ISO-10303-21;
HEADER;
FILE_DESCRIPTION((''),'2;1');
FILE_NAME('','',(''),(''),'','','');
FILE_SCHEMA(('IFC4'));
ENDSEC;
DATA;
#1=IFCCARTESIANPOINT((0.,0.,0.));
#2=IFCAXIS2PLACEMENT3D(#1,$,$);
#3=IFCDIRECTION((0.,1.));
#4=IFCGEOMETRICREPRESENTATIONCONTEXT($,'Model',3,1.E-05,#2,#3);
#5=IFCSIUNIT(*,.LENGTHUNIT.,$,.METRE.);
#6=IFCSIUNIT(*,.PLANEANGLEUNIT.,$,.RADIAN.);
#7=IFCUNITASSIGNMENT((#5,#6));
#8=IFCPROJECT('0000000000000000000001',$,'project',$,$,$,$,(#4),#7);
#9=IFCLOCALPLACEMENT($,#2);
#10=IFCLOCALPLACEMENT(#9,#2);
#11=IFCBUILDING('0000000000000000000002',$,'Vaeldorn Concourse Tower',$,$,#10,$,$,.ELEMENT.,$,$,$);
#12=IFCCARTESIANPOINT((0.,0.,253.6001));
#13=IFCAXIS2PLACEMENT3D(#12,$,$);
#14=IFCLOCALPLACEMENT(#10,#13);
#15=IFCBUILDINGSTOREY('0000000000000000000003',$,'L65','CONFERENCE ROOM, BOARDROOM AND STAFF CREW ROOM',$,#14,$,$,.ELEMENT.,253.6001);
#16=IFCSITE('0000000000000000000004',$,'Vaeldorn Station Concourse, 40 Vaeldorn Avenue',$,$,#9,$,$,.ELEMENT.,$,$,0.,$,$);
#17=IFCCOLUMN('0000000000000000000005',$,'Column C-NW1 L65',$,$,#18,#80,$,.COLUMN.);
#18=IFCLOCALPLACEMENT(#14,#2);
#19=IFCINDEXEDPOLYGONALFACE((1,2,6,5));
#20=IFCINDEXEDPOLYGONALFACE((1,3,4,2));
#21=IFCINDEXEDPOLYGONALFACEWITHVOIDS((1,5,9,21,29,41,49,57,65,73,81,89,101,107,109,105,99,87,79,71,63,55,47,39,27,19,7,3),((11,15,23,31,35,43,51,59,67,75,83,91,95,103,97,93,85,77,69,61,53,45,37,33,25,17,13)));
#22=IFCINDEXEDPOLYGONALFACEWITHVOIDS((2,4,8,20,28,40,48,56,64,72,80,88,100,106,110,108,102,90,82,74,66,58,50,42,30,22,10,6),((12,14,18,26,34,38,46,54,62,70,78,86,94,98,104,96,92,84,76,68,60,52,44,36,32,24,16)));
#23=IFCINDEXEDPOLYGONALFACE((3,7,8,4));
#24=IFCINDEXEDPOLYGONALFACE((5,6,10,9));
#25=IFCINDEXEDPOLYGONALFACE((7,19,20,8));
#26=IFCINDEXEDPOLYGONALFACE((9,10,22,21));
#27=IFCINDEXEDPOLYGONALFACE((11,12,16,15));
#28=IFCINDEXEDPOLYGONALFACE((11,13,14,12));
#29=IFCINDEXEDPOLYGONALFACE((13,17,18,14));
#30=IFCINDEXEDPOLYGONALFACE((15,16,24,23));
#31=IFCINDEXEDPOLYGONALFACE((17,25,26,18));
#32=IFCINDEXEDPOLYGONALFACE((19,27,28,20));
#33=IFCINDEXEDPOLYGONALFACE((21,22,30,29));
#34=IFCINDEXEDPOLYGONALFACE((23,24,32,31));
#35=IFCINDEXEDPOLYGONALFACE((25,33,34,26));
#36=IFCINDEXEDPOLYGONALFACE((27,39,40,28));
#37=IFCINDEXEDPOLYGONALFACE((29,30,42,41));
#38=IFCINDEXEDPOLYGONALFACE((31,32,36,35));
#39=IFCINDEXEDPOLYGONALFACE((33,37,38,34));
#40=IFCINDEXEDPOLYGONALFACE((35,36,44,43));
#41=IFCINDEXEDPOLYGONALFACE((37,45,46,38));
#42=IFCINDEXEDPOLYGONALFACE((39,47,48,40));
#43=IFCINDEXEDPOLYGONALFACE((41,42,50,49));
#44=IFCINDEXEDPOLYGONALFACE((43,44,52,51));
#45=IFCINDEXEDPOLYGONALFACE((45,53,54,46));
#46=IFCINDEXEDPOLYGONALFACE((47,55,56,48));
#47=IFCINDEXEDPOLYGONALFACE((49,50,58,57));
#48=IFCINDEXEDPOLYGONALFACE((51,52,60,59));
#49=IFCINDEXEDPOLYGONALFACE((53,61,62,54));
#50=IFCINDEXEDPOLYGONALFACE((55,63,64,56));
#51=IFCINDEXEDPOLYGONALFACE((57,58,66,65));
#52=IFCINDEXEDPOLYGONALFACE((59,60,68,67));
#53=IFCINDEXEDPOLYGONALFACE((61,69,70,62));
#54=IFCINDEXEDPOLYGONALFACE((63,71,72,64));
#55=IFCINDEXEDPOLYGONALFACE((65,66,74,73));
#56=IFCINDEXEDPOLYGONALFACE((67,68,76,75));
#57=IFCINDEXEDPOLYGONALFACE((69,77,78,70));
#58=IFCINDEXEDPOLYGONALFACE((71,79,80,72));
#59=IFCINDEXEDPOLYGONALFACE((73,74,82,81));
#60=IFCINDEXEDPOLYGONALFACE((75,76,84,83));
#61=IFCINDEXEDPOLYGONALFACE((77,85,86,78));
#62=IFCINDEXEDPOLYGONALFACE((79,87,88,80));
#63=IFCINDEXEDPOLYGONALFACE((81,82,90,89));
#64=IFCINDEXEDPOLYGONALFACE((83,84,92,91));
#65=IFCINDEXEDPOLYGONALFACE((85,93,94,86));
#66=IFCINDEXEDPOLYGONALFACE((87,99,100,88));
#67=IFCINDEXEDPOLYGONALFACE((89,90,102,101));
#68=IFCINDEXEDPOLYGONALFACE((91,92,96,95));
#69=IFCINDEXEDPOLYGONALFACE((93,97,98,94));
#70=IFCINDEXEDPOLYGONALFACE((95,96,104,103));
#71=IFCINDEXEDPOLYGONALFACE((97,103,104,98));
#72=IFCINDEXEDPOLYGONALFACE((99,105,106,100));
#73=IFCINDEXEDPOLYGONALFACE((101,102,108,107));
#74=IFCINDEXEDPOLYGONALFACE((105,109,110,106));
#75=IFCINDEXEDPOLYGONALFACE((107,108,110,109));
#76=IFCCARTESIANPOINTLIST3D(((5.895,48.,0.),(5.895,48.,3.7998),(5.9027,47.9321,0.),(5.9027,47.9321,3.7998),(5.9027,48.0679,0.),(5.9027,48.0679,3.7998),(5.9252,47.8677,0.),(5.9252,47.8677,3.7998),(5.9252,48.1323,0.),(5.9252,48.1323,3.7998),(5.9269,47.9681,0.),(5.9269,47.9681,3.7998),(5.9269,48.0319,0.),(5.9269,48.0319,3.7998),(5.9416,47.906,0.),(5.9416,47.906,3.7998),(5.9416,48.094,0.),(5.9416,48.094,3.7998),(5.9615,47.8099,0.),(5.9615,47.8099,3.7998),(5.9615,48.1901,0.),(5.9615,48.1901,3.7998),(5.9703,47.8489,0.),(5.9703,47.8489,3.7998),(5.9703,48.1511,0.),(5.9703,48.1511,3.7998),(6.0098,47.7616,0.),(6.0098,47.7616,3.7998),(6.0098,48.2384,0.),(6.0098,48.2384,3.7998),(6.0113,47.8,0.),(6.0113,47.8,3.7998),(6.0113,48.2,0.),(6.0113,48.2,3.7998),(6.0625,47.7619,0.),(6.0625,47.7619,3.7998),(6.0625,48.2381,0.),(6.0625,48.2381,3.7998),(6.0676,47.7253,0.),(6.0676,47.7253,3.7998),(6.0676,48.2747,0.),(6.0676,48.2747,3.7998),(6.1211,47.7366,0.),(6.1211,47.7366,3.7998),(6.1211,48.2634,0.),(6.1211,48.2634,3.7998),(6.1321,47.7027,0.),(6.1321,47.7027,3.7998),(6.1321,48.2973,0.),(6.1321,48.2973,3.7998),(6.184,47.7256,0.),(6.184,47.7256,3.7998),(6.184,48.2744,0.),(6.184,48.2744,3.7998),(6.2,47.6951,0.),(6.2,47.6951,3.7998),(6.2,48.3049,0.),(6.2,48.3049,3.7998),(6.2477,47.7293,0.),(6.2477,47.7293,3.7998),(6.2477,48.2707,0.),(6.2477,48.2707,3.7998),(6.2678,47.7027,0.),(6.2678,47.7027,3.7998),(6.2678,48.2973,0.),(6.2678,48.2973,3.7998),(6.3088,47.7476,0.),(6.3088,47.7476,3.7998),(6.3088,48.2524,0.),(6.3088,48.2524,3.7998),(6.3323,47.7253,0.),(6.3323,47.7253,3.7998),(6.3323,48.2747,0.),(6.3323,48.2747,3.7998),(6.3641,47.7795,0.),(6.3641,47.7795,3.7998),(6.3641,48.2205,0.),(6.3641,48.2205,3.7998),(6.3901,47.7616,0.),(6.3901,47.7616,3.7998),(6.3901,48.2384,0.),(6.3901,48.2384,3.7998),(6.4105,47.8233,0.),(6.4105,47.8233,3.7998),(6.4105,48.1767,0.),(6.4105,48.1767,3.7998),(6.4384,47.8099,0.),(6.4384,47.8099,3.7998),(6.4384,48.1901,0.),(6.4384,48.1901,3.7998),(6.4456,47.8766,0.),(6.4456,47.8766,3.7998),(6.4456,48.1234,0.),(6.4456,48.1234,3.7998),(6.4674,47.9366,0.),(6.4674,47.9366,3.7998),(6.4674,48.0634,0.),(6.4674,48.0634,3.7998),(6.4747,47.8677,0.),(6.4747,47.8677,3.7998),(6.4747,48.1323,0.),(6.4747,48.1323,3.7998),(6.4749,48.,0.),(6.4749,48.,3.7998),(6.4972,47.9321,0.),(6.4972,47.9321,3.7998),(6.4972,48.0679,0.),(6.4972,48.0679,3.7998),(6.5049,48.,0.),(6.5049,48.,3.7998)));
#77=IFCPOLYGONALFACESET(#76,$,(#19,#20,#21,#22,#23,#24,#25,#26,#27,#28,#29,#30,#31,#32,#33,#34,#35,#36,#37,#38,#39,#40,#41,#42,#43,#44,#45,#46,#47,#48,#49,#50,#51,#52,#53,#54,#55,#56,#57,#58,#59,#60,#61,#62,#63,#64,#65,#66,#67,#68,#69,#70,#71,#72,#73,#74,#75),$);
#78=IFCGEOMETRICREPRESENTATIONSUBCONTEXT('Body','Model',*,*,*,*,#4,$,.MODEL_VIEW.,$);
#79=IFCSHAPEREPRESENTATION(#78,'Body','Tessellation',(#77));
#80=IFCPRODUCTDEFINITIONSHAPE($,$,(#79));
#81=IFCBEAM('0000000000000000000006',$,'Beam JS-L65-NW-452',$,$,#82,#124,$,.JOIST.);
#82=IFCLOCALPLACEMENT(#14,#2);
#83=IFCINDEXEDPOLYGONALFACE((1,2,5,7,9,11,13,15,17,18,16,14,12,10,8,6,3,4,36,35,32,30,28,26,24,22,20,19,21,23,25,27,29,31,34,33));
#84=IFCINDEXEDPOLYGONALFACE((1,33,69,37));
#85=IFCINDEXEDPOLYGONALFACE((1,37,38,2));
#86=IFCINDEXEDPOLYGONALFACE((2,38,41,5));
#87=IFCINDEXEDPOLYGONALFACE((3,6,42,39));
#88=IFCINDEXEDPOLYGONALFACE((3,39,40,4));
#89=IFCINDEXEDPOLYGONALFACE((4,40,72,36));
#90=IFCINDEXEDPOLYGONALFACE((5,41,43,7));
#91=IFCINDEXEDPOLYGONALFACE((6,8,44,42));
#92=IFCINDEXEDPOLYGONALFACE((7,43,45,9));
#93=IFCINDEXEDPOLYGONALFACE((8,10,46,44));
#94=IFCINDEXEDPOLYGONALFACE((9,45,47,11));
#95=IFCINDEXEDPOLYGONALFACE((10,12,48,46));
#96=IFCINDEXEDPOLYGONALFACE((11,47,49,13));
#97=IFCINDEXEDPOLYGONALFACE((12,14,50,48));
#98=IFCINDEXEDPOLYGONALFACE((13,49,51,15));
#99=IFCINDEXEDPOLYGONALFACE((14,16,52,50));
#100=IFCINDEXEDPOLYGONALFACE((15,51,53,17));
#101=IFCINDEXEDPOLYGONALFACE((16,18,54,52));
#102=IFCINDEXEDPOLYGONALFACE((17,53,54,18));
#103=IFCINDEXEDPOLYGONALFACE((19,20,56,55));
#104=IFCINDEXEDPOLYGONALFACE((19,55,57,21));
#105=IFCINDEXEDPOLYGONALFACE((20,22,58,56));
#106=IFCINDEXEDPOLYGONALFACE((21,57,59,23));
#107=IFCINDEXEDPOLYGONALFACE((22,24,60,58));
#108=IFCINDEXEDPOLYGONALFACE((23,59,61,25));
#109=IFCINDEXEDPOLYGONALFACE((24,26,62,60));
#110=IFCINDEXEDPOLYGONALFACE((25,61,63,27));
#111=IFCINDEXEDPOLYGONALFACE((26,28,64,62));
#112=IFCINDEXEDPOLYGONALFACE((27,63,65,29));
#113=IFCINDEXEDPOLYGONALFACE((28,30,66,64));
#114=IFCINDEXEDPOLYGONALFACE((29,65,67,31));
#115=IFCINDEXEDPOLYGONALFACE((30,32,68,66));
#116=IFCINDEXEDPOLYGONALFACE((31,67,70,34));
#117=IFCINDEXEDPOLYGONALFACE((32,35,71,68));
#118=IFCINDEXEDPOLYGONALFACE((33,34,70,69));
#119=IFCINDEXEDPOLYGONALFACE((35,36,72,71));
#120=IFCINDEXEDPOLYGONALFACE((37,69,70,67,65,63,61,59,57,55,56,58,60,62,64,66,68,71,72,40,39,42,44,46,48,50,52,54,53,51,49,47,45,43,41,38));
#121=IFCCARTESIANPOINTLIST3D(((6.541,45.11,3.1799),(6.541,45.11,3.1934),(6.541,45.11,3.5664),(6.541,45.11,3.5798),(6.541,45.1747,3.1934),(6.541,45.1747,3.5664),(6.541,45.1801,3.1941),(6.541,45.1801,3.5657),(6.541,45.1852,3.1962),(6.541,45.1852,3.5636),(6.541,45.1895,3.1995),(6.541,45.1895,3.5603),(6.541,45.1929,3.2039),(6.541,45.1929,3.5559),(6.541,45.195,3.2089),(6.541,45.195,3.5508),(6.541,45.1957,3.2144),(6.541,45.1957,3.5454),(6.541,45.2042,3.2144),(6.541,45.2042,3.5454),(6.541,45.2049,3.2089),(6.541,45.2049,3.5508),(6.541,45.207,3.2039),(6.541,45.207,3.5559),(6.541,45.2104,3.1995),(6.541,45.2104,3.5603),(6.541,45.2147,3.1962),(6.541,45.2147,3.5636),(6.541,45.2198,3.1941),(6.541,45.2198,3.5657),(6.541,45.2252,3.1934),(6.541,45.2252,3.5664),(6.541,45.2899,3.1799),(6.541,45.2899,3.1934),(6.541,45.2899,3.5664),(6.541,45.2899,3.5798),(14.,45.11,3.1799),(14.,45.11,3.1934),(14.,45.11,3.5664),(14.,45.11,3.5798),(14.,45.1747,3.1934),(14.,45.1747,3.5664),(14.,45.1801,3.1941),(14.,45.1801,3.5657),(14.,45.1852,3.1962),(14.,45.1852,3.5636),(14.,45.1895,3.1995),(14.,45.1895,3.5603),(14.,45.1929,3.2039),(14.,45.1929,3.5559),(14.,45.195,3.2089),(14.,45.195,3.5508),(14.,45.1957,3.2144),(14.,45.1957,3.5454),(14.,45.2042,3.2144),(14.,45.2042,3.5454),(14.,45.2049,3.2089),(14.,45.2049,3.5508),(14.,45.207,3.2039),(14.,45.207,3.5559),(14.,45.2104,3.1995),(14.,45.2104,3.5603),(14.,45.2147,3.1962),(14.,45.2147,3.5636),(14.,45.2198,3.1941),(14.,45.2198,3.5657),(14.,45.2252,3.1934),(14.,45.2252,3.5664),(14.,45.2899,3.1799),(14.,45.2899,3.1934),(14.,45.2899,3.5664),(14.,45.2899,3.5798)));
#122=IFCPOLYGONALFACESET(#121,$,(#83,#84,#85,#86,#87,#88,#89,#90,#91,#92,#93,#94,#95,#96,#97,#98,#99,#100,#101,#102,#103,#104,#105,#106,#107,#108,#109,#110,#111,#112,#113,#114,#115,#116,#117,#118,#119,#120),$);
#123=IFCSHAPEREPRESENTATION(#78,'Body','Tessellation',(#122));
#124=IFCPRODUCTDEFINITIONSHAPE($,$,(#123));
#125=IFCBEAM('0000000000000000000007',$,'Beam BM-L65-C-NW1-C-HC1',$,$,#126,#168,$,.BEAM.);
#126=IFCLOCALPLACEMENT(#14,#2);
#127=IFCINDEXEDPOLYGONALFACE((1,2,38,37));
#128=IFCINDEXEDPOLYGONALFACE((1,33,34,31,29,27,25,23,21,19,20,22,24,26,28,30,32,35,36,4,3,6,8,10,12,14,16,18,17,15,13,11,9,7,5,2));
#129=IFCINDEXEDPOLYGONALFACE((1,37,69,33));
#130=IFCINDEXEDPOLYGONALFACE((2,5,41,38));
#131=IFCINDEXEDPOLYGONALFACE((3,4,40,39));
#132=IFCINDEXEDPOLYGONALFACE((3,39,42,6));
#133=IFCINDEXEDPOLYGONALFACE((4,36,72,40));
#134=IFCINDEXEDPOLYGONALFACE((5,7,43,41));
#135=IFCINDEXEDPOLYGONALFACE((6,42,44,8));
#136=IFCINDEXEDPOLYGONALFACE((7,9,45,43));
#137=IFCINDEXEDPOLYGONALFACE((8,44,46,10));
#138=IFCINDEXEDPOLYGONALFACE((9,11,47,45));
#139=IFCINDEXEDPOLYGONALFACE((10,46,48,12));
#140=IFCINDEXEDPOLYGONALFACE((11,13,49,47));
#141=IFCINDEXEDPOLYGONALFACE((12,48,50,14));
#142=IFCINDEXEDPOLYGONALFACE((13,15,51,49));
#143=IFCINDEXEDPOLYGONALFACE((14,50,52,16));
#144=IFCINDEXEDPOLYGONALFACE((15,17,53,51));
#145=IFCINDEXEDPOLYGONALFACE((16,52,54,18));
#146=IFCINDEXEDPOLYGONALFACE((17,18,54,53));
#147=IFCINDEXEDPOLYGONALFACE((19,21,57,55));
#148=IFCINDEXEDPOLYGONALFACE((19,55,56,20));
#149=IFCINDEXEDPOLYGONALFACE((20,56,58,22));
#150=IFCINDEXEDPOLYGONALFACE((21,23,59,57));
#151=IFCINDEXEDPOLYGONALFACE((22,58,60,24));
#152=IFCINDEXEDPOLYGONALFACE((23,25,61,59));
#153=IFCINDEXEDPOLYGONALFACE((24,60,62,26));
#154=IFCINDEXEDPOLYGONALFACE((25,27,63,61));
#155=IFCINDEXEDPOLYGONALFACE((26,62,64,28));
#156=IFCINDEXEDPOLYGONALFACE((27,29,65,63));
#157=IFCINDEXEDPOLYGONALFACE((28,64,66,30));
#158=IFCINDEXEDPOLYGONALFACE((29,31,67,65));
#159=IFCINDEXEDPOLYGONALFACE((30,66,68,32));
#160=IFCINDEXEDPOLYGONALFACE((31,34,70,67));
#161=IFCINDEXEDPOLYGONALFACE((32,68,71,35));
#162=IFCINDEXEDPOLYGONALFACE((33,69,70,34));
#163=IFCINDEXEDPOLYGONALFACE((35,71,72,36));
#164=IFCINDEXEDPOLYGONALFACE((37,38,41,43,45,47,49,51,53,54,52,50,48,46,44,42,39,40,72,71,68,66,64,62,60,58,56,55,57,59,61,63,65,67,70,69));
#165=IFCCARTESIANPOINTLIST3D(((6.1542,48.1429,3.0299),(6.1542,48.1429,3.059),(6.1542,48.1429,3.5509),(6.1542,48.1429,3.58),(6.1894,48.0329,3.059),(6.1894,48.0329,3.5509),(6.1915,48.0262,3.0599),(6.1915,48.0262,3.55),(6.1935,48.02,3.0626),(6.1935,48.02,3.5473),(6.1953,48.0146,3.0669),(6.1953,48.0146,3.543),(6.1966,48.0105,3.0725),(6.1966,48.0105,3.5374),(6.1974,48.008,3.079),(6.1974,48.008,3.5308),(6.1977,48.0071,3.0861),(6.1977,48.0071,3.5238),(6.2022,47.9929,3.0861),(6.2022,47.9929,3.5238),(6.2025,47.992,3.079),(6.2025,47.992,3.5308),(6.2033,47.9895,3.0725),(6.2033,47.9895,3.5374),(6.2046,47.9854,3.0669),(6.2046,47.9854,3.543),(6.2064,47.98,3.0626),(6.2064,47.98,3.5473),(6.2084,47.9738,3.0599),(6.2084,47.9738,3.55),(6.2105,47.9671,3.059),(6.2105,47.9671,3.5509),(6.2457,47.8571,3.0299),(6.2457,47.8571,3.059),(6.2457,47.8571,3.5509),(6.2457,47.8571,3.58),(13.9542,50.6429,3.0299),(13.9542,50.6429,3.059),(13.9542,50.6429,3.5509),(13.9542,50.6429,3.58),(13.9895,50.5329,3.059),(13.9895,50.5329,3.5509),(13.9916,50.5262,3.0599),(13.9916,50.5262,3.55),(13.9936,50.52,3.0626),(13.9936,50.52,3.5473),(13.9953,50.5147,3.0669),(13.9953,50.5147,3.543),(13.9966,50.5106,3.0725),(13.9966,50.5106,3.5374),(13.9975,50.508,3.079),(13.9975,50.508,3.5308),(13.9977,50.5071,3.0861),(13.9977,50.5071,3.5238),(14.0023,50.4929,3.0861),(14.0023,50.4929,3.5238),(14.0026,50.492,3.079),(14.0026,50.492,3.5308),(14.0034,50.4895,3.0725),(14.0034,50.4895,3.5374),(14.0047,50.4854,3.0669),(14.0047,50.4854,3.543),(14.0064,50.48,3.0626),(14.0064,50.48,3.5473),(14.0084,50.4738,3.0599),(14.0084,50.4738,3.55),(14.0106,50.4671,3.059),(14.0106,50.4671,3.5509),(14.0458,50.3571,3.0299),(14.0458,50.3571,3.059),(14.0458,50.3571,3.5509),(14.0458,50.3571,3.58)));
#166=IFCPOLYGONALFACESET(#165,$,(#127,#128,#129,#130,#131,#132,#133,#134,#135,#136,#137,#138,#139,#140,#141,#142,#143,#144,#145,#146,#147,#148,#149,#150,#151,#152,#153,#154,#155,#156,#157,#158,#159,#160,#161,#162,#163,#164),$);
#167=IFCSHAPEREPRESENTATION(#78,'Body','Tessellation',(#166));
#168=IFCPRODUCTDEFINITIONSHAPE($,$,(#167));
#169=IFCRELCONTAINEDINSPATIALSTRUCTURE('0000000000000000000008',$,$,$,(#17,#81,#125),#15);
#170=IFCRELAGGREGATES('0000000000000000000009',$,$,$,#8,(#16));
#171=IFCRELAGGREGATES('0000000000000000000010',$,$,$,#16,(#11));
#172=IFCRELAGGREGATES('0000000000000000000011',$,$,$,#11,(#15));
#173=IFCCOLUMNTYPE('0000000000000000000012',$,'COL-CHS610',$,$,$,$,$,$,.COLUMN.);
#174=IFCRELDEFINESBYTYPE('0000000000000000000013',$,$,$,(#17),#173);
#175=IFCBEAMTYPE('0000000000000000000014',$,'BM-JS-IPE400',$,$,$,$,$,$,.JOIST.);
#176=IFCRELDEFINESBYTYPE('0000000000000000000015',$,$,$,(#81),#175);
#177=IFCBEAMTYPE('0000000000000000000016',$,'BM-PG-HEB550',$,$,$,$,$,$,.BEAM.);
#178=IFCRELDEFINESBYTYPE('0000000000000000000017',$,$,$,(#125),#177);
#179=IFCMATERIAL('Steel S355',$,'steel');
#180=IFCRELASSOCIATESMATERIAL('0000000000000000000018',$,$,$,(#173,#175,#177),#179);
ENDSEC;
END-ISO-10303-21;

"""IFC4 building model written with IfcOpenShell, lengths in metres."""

from ifc_helpers import new_model, si_unit, direction, frame, origin, origin_2d, place, context, subcontext, project, spatial, hollow_circle, i_section, extrude, source, transform, mapped, material, material_profile, profile_set, type_object, element, save


model = new_model("IFC4")

# Units and contexts
model_context = context("Model", 3, precision=1e-05, world=origin(), true_north=direction((0.0, 1.0)))
body_context = subcontext(model_context, "Body", "Model", "MODEL_VIEW")
ifc_project = project(units=[si_unit("LENGTHUNIT", "METRE"), si_unit("PLANEANGLEUNIT", "RADIAN")], contexts=[model_context])

# Site, building, storey
site_placement = place(None, origin())
site = spatial("IfcSite", under=ifc_project, at=site_placement, Name="Vaeldorn Station Concourse, 40 Vaeldorn Avenue", CompositionType="ELEMENT", RefElevation=0.0)
building_placement = place(site_placement, origin())
building = spatial("IfcBuilding", under=site, at=building_placement, Name="Vaeldorn Concourse Tower", CompositionType="ELEMENT")
storey_placement = place(building_placement, frame((0.0, 0.0, 253.6001)))
storey = spatial("IfcBuildingStorey", under=building, at=storey_placement, Name="L65", Description="CONFERENCE ROOM, BOARDROOM AND STAFF CREW ROOM", CompositionType="ELEMENT", Elevation=253.6001)

# Column
ifc_material_1 = material(Name="Steel S355", Category="steel")
ifc_material_profile_1 = material_profile(ifc_material_1, hollow_circle(Radius=0.3049, WallThickness=0.03, at=origin_2d()), Name="CHS 610x30")
ifc_profile_set_1 = profile_set([ifc_material_profile_1], Name="Steel S355")
column_type = type_object("IfcColumnType", Name="COL-CHS610", PredefinedType="COLUMN", material=ifc_profile_set_1)
shared_shape_1 = source(origin(), body_context, "Body", "SweptSolid", [
    extrude(hollow_circle(Radius=0.3049, WallThickness=0.03, at=origin_2d()), origin(), (0.0, 0.0, 1.0), 3.7998),
])
column_placement = place(storey_placement, frame((6.2, 48.0, 0.0), z_axis=(0.0, 0.0, 1.0), x_axis=(1.0, 0.0, 0.0)))
element("IfcColumn", 1, at=column_placement, inside=storey, type_object=column_type, Name="Column C-NW1 L65", PredefinedType="COLUMN", context=body_context, shape_type="MappedRepresentation", body=[
    mapped(shared_shape_1, transform((0.0, 0.0, 0.0), scale=1.0)),
])

# Beams
ifc_material_profile_2 = material_profile(ifc_material_1, i_section(OverallWidth=0.1799, OverallDepth=0.3999, WebThickness=0.0085, FlangeThickness=0.0134, FilletRadius=0.021, at=origin_2d()), Name="IPE 400")
ifc_profile_set_2 = profile_set([ifc_material_profile_2], Name="Steel S355")
beam_type_1 = type_object("IfcBeamType", Name="BM-JS-IPE400", PredefinedType="JOIST", material=ifc_profile_set_2)
shared_shape_2 = source(origin(), body_context, "Body", "SweptSolid", [
    extrude(i_section(OverallWidth=0.1799, OverallDepth=0.3999, WebThickness=0.0085, FlangeThickness=0.0134, FilletRadius=0.021, at=origin_2d()), origin(), (0.0, 0.0, 1.0), 7.459),
])
beam_1_placement = place(storey_placement, frame((6.541, 45.2, 3.3799), z_axis=(1.0, 0.0, 0.0), x_axis=(0.0, 1.0, 0.0)))
element("IfcBeam", 2, at=beam_1_placement, inside=storey, type_object=beam_type_1, Name="Beam JS-L65-NW-452", PredefinedType="JOIST", context=body_context, shape_type="MappedRepresentation", body=[
    mapped(shared_shape_2, transform((0.0, 0.0, 0.0), scale=1.0)),
])
ifc_material_profile_3 = material_profile(ifc_material_1, i_section(OverallWidth=0.3, OverallDepth=0.55, WebThickness=0.0149, FlangeThickness=0.0291, FilletRadius=0.0271, at=origin_2d()), Name="HEB 550")
ifc_profile_set_3 = profile_set([ifc_material_profile_3], Name="Steel S355")
beam_type_2 = type_object("IfcBeamType", Name="BM-PG-HEB550", PredefinedType="BEAM", material=ifc_profile_set_3)
shared_shape_3 = source(origin(), body_context, "Body", "SweptSolid", [
    extrude(i_section(OverallWidth=0.3, OverallDepth=0.55, WebThickness=0.0149, FlangeThickness=0.0291, FilletRadius=0.0271, at=origin_2d()), origin(), (0.0, 0.0, 1.0), 8.1909),
])
beam_2_placement = place(storey_placement, frame((6.2, 48.0, 3.3049), z_axis=(0.952283, 0.305217, 0.0), x_axis=(-0.305217, 0.952283, 0.0)))
element("IfcBeam", 3, at=beam_2_placement, inside=storey, type_object=beam_type_2, Name="Beam BM-L65-C-NW1-C-HC1", PredefinedType="BEAM", context=body_context, shape_type="MappedRepresentation", body=[
    mapped(shared_shape_3, transform((0.0, 0.0, 0.0), scale=1.0)),
])

save(model, "model.ifc")
